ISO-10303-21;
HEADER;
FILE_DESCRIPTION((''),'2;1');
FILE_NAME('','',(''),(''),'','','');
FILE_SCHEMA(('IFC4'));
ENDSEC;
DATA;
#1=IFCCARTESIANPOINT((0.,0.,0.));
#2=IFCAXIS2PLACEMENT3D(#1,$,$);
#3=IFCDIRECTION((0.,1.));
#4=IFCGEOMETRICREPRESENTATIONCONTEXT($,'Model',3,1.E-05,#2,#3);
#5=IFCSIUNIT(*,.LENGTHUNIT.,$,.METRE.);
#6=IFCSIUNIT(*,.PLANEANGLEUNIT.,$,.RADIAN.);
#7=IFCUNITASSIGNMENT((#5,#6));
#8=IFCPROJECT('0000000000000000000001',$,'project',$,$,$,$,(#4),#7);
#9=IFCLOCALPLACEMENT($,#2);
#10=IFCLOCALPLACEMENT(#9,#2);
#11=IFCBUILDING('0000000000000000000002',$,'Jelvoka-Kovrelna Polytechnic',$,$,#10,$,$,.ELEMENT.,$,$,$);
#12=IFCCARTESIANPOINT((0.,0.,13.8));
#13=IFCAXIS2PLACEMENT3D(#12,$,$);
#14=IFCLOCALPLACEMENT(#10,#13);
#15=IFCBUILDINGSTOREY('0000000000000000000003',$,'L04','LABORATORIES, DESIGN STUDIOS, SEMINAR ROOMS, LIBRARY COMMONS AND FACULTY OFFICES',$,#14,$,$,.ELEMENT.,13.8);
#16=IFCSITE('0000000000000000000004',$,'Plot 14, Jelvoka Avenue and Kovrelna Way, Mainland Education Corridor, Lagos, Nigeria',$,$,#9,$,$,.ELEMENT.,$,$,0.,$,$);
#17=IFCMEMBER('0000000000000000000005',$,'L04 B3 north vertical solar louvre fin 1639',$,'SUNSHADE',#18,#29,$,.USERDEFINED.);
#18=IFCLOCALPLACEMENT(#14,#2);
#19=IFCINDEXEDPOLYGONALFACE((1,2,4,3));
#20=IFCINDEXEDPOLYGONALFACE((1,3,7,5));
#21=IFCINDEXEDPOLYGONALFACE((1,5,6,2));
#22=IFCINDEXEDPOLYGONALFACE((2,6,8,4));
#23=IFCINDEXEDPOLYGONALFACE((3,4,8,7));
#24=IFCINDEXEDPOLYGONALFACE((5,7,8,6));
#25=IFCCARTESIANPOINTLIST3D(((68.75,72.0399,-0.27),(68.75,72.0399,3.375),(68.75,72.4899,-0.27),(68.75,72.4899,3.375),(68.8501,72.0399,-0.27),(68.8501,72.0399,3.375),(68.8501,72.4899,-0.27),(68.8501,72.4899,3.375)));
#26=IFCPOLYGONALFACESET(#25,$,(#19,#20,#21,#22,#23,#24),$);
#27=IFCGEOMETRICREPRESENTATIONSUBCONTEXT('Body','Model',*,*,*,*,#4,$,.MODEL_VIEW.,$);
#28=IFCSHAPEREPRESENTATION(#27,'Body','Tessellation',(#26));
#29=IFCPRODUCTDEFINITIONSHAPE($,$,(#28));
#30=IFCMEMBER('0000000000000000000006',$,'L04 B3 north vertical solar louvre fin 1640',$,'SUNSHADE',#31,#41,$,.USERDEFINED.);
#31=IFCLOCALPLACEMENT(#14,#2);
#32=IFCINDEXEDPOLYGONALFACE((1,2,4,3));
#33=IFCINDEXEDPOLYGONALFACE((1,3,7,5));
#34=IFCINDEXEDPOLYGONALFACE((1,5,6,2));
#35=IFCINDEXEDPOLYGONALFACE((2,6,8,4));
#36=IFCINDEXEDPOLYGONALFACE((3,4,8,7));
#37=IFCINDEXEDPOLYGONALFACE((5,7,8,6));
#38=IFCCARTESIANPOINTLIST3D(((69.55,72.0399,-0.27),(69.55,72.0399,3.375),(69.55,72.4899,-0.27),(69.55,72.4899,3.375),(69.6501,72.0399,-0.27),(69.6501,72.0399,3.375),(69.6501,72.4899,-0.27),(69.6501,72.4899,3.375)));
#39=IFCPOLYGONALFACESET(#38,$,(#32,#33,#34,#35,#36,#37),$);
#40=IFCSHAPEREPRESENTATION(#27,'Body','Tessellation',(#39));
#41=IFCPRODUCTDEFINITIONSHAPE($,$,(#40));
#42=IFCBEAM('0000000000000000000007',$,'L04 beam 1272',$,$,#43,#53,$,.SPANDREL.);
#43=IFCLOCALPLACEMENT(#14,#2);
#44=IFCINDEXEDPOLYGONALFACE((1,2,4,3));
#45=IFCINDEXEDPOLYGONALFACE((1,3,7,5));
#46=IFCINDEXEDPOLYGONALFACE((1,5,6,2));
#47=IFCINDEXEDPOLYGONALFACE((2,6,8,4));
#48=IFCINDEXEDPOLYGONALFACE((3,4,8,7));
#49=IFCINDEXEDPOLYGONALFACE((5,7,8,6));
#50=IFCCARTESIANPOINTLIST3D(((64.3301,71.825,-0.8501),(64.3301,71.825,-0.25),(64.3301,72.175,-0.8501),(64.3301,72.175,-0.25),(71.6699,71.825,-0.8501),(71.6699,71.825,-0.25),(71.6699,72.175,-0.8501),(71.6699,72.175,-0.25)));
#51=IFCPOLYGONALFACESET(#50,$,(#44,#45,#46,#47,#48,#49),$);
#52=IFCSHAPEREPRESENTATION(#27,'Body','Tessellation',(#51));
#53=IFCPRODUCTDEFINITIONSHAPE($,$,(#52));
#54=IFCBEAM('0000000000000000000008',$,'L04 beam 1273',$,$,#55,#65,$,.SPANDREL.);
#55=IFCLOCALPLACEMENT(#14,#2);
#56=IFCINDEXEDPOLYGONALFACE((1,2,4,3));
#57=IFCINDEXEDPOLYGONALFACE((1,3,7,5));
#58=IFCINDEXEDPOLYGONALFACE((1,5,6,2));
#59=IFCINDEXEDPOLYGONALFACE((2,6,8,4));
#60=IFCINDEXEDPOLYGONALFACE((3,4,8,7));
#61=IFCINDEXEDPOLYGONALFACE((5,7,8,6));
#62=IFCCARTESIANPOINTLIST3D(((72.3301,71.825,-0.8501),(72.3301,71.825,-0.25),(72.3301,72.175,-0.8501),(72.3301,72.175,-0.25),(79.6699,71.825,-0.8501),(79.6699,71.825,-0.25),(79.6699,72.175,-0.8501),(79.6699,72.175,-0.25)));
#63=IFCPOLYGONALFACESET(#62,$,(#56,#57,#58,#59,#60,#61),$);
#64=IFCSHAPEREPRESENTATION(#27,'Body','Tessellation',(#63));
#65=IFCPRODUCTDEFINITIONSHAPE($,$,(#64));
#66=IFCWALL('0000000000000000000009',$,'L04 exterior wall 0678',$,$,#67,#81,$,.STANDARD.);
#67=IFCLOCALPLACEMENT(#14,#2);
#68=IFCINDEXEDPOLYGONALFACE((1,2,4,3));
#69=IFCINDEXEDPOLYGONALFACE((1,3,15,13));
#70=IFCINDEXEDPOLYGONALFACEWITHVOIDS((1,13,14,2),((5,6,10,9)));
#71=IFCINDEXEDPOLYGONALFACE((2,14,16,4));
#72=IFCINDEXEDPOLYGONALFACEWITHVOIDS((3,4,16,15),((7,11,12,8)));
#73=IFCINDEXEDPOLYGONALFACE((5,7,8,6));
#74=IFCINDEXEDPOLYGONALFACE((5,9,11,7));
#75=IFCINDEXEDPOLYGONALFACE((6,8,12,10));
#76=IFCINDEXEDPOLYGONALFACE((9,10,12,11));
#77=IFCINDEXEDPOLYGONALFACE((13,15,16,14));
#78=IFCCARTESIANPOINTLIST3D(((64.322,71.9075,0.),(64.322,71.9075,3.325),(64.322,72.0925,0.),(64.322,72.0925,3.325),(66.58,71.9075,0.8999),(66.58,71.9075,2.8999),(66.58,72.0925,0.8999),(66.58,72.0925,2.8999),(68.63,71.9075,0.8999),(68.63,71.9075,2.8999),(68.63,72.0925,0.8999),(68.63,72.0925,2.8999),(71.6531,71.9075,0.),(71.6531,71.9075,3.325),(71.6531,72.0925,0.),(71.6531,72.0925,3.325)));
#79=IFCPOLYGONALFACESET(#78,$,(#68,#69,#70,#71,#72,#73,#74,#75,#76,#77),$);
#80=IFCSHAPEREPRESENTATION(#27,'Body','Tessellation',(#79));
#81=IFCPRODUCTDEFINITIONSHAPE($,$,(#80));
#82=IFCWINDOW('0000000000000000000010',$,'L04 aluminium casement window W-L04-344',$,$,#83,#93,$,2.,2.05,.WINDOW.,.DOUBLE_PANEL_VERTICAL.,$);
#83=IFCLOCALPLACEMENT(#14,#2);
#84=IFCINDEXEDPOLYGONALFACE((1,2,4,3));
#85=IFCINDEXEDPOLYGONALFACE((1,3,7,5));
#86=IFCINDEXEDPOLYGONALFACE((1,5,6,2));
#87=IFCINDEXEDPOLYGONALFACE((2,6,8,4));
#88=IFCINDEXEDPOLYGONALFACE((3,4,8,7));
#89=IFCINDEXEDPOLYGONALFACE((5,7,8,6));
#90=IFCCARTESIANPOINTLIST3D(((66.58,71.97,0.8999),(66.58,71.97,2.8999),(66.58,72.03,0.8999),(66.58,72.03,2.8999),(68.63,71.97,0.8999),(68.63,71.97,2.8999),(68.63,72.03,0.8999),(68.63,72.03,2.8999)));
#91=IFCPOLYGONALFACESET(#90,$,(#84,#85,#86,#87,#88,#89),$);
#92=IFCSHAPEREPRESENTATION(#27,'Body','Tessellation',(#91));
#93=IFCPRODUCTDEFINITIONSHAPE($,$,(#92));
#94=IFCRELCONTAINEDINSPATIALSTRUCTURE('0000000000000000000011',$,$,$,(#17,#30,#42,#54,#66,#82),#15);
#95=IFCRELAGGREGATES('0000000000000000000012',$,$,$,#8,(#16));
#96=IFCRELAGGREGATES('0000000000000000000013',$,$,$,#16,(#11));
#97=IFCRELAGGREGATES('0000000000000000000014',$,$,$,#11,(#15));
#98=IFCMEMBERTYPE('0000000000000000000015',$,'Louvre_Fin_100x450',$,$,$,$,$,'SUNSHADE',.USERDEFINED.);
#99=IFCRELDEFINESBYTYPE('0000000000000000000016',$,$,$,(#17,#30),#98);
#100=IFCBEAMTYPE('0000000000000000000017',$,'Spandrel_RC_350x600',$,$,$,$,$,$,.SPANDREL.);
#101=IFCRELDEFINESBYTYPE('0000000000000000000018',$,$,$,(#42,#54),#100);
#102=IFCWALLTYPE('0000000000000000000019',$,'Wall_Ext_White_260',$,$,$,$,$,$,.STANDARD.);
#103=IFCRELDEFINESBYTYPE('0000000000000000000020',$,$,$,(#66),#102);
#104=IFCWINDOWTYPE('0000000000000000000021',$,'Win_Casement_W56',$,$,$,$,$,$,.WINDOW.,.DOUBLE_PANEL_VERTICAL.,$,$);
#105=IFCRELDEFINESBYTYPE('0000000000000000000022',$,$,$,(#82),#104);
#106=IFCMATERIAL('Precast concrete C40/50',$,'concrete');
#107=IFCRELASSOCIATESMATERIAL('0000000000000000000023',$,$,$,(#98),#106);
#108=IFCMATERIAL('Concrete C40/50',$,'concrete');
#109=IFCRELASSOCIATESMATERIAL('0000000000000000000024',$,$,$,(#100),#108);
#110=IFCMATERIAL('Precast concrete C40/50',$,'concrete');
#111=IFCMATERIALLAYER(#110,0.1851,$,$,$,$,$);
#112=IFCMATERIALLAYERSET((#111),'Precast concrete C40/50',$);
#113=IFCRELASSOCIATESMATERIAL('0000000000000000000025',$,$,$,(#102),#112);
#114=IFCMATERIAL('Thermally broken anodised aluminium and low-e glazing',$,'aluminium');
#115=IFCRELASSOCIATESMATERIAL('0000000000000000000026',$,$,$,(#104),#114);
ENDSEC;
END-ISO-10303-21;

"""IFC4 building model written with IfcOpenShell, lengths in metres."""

from ifc_helpers import new_model, si_unit, direction, frame, frame_2d, origin, origin_2d, place, context, subcontext, project, spatial, rectangle, extrude, material, layer, layer_set, material_profile, profile_set, type_object, element, fill, save


model = new_model("IFC4")

# Units and contexts
model_context = context("Model", 3, precision=1e-05, world=origin(), true_north=direction((0.0, 1.0)))
body_context = subcontext(model_context, "Body", "Model", "MODEL_VIEW")
ifc_project = project(units=[si_unit("LENGTHUNIT", "METRE"), si_unit("PLANEANGLEUNIT", "RADIAN")], contexts=[model_context])

# Site, building, storey
site_placement = place(None, origin())
site = spatial("IfcSite", under=ifc_project, at=site_placement, Name="Plot 14, Jelvoka Avenue and Kovrelna Way, Mainland Education Corridor, Lagos, Nigeria", CompositionType="ELEMENT", RefElevation=0.0)
building_placement = place(site_placement, origin())
building = spatial("IfcBuilding", under=site, at=building_placement, Name="Jelvoka-Kovrelna Polytechnic", CompositionType="ELEMENT")
storey_placement = place(building_placement, frame((0.0, 0.0, 13.8)))
storey = spatial("IfcBuildingStorey", under=building, at=storey_placement, Name="L04", Description="LABORATORIES, DESIGN STUDIOS, SEMINAR ROOMS, LIBRARY COMMONS AND FACULTY OFFICES", CompositionType="ELEMENT", Elevation=13.8)

# Members
ifc_material_1 = material(Name="Precast concrete C40/50", Category="concrete")
ifc_material_profile_1 = material_profile(ifc_material_1, rectangle(XDim=0.1001, YDim=0.45, at=origin_2d()), Name="PC 100x450")
ifc_profile_set_1 = profile_set([ifc_material_profile_1], Name="Precast concrete C40/50")
member_type = type_object("IfcMemberType", Name="Louvre_Fin_100x450", ElementType="SUNSHADE", PredefinedType="USERDEFINED", material=ifc_profile_set_1)
for number, where, z_axis, x_axis, name in (
    (1, (68.8, 72.2649, -0.27), (0.0, 0.0, 1.0), (1.0, 0.0, 0.0), "L04 B3 north vertical solar louvre fin 1639"),
    (2, (69.6001, 72.2649, -0.27), (0.0, 0.0, 1.0), (1.0, 0.0, 0.0), "L04 B3 north vertical solar louvre fin 1640"),
):
    element("IfcMember", number, at=place(storey_placement, frame(where, z_axis=z_axis, x_axis=x_axis)), inside=storey, type_object=member_type, Name=name, ObjectType="SUNSHADE", PredefinedType="USERDEFINED", context=body_context, shape_type="SweptSolid", body=[
        extrude(rectangle(XDim=0.1001, YDim=0.45, at=origin_2d()), origin(), (0.0, 0.0, 1.0), 3.645),
    ])

# Beams
ifc_material_2 = material(Name="Concrete C40/50", Category="concrete")
ifc_material_profile_2 = material_profile(ifc_material_2, rectangle(XDim=0.3501, YDim=0.6001, at=origin_2d()), Name="RC 350x600")
ifc_profile_set_2 = profile_set([ifc_material_profile_2], Name="Concrete C40/50")
beam_type_1 = type_object("IfcBeamType", Name="Spandrel_RC_350x600", PredefinedType="SPANDREL", material=ifc_profile_set_2)
for number, where, z_axis, x_axis, name in (
    (3, (64.3301, 72.0, -0.55), (1.0, 0.0, 0.0), (0.0, 1.0, 0.0), "L04 beam 1272"),
    (4, (72.3301, 72.0, -0.55), (1.0, 0.0, 0.0), (0.0, 1.0, 0.0), "L04 beam 1273"),
):
    element("IfcBeam", number, at=place(storey_placement, frame(where, z_axis=z_axis, x_axis=x_axis)), inside=storey, type_object=beam_type_1, Name=name, PredefinedType="SPANDREL", context=body_context, shape_type="SweptSolid", body=[
        extrude(rectangle(XDim=0.3501, YDim=0.6001, at=origin_2d()), origin(), (0.0, 0.0, 1.0), 7.3398),
    ])

# Wall, opening, window
ifc_material_3 = material(Name="Precast concrete C40/50", Category="concrete")
ifc_layer = layer(ifc_material_3, 0.1851)
ifc_layer_set = layer_set([ifc_layer], Name="Precast concrete C40/50")
wall_type = type_object("IfcWallType", Name="Wall_Ext_White_260", PredefinedType="STANDARD", material=ifc_layer_set)
wall_placement = place(storey_placement, frame((64.322, 72.0, 0.0), z_axis=(0.0, 0.0, 1.0), x_axis=(1.0, 0.0, 0.0)))
wall = element("IfcWall", 5, at=wall_placement, inside=storey, type_object=wall_type, Name="L04 exterior wall 0678", PredefinedType="STANDARD", context=body_context, shape_type="SweptSolid", body=[
    extrude(rectangle(XDim=7.3311, YDim=0.1851, at=frame_2d((3.6655, 0.0))), origin(), (0.0, 0.0, 1.0), 3.325),
])
opening_placement = place(wall_placement, frame((2.2581, 0.0, 0.8999)))
opening = element("IfcOpeningElement", 6, at=opening_placement, cuts=wall, PredefinedType="OPENING", context=body_context, shape_type="SweptSolid", body=[
    extrude(rectangle(XDim=2.05, YDim=2.0, at=frame_2d((1.0249, 1.0))), frame((0.0, 0.1025, 0.0), z_axis=(0.0, -1.0, 0.0), x_axis=(1.0, 0.0, 0.0)), (0.0, 0.0, 1.0), 0.2051),
])
ifc_material_4 = material(Name="Thermally broken anodised aluminium and low-e glazing", Category="aluminium")
window_type = type_object("IfcWindowType", Name="Win_Casement_W56", PartitioningType="DOUBLE_PANEL_VERTICAL", PredefinedType="WINDOW", material=ifc_material_4)
window_placement = place(opening_placement, origin())
window = element("IfcWindow", 7, at=window_placement, inside=storey, type_object=window_type, Name="L04 aluminium casement window W-L04-344", OverallHeight=2.0, OverallWidth=2.05, PartitioningType="DOUBLE_PANEL_VERTICAL", PredefinedType="WINDOW", context=body_context, shape_type="SweptSolid", body=[
    extrude(rectangle(XDim=2.05, YDim=2.0, at=frame_2d((1.0249, 1.0))), frame((0.0, 0.03, 0.0), z_axis=(0.0, -1.0, 0.0), x_axis=(1.0, 0.0, 0.0)), (0.0, 0.0, 1.0), 0.0601),
])
fill(opening, window)

save(model, "model.ifc")
